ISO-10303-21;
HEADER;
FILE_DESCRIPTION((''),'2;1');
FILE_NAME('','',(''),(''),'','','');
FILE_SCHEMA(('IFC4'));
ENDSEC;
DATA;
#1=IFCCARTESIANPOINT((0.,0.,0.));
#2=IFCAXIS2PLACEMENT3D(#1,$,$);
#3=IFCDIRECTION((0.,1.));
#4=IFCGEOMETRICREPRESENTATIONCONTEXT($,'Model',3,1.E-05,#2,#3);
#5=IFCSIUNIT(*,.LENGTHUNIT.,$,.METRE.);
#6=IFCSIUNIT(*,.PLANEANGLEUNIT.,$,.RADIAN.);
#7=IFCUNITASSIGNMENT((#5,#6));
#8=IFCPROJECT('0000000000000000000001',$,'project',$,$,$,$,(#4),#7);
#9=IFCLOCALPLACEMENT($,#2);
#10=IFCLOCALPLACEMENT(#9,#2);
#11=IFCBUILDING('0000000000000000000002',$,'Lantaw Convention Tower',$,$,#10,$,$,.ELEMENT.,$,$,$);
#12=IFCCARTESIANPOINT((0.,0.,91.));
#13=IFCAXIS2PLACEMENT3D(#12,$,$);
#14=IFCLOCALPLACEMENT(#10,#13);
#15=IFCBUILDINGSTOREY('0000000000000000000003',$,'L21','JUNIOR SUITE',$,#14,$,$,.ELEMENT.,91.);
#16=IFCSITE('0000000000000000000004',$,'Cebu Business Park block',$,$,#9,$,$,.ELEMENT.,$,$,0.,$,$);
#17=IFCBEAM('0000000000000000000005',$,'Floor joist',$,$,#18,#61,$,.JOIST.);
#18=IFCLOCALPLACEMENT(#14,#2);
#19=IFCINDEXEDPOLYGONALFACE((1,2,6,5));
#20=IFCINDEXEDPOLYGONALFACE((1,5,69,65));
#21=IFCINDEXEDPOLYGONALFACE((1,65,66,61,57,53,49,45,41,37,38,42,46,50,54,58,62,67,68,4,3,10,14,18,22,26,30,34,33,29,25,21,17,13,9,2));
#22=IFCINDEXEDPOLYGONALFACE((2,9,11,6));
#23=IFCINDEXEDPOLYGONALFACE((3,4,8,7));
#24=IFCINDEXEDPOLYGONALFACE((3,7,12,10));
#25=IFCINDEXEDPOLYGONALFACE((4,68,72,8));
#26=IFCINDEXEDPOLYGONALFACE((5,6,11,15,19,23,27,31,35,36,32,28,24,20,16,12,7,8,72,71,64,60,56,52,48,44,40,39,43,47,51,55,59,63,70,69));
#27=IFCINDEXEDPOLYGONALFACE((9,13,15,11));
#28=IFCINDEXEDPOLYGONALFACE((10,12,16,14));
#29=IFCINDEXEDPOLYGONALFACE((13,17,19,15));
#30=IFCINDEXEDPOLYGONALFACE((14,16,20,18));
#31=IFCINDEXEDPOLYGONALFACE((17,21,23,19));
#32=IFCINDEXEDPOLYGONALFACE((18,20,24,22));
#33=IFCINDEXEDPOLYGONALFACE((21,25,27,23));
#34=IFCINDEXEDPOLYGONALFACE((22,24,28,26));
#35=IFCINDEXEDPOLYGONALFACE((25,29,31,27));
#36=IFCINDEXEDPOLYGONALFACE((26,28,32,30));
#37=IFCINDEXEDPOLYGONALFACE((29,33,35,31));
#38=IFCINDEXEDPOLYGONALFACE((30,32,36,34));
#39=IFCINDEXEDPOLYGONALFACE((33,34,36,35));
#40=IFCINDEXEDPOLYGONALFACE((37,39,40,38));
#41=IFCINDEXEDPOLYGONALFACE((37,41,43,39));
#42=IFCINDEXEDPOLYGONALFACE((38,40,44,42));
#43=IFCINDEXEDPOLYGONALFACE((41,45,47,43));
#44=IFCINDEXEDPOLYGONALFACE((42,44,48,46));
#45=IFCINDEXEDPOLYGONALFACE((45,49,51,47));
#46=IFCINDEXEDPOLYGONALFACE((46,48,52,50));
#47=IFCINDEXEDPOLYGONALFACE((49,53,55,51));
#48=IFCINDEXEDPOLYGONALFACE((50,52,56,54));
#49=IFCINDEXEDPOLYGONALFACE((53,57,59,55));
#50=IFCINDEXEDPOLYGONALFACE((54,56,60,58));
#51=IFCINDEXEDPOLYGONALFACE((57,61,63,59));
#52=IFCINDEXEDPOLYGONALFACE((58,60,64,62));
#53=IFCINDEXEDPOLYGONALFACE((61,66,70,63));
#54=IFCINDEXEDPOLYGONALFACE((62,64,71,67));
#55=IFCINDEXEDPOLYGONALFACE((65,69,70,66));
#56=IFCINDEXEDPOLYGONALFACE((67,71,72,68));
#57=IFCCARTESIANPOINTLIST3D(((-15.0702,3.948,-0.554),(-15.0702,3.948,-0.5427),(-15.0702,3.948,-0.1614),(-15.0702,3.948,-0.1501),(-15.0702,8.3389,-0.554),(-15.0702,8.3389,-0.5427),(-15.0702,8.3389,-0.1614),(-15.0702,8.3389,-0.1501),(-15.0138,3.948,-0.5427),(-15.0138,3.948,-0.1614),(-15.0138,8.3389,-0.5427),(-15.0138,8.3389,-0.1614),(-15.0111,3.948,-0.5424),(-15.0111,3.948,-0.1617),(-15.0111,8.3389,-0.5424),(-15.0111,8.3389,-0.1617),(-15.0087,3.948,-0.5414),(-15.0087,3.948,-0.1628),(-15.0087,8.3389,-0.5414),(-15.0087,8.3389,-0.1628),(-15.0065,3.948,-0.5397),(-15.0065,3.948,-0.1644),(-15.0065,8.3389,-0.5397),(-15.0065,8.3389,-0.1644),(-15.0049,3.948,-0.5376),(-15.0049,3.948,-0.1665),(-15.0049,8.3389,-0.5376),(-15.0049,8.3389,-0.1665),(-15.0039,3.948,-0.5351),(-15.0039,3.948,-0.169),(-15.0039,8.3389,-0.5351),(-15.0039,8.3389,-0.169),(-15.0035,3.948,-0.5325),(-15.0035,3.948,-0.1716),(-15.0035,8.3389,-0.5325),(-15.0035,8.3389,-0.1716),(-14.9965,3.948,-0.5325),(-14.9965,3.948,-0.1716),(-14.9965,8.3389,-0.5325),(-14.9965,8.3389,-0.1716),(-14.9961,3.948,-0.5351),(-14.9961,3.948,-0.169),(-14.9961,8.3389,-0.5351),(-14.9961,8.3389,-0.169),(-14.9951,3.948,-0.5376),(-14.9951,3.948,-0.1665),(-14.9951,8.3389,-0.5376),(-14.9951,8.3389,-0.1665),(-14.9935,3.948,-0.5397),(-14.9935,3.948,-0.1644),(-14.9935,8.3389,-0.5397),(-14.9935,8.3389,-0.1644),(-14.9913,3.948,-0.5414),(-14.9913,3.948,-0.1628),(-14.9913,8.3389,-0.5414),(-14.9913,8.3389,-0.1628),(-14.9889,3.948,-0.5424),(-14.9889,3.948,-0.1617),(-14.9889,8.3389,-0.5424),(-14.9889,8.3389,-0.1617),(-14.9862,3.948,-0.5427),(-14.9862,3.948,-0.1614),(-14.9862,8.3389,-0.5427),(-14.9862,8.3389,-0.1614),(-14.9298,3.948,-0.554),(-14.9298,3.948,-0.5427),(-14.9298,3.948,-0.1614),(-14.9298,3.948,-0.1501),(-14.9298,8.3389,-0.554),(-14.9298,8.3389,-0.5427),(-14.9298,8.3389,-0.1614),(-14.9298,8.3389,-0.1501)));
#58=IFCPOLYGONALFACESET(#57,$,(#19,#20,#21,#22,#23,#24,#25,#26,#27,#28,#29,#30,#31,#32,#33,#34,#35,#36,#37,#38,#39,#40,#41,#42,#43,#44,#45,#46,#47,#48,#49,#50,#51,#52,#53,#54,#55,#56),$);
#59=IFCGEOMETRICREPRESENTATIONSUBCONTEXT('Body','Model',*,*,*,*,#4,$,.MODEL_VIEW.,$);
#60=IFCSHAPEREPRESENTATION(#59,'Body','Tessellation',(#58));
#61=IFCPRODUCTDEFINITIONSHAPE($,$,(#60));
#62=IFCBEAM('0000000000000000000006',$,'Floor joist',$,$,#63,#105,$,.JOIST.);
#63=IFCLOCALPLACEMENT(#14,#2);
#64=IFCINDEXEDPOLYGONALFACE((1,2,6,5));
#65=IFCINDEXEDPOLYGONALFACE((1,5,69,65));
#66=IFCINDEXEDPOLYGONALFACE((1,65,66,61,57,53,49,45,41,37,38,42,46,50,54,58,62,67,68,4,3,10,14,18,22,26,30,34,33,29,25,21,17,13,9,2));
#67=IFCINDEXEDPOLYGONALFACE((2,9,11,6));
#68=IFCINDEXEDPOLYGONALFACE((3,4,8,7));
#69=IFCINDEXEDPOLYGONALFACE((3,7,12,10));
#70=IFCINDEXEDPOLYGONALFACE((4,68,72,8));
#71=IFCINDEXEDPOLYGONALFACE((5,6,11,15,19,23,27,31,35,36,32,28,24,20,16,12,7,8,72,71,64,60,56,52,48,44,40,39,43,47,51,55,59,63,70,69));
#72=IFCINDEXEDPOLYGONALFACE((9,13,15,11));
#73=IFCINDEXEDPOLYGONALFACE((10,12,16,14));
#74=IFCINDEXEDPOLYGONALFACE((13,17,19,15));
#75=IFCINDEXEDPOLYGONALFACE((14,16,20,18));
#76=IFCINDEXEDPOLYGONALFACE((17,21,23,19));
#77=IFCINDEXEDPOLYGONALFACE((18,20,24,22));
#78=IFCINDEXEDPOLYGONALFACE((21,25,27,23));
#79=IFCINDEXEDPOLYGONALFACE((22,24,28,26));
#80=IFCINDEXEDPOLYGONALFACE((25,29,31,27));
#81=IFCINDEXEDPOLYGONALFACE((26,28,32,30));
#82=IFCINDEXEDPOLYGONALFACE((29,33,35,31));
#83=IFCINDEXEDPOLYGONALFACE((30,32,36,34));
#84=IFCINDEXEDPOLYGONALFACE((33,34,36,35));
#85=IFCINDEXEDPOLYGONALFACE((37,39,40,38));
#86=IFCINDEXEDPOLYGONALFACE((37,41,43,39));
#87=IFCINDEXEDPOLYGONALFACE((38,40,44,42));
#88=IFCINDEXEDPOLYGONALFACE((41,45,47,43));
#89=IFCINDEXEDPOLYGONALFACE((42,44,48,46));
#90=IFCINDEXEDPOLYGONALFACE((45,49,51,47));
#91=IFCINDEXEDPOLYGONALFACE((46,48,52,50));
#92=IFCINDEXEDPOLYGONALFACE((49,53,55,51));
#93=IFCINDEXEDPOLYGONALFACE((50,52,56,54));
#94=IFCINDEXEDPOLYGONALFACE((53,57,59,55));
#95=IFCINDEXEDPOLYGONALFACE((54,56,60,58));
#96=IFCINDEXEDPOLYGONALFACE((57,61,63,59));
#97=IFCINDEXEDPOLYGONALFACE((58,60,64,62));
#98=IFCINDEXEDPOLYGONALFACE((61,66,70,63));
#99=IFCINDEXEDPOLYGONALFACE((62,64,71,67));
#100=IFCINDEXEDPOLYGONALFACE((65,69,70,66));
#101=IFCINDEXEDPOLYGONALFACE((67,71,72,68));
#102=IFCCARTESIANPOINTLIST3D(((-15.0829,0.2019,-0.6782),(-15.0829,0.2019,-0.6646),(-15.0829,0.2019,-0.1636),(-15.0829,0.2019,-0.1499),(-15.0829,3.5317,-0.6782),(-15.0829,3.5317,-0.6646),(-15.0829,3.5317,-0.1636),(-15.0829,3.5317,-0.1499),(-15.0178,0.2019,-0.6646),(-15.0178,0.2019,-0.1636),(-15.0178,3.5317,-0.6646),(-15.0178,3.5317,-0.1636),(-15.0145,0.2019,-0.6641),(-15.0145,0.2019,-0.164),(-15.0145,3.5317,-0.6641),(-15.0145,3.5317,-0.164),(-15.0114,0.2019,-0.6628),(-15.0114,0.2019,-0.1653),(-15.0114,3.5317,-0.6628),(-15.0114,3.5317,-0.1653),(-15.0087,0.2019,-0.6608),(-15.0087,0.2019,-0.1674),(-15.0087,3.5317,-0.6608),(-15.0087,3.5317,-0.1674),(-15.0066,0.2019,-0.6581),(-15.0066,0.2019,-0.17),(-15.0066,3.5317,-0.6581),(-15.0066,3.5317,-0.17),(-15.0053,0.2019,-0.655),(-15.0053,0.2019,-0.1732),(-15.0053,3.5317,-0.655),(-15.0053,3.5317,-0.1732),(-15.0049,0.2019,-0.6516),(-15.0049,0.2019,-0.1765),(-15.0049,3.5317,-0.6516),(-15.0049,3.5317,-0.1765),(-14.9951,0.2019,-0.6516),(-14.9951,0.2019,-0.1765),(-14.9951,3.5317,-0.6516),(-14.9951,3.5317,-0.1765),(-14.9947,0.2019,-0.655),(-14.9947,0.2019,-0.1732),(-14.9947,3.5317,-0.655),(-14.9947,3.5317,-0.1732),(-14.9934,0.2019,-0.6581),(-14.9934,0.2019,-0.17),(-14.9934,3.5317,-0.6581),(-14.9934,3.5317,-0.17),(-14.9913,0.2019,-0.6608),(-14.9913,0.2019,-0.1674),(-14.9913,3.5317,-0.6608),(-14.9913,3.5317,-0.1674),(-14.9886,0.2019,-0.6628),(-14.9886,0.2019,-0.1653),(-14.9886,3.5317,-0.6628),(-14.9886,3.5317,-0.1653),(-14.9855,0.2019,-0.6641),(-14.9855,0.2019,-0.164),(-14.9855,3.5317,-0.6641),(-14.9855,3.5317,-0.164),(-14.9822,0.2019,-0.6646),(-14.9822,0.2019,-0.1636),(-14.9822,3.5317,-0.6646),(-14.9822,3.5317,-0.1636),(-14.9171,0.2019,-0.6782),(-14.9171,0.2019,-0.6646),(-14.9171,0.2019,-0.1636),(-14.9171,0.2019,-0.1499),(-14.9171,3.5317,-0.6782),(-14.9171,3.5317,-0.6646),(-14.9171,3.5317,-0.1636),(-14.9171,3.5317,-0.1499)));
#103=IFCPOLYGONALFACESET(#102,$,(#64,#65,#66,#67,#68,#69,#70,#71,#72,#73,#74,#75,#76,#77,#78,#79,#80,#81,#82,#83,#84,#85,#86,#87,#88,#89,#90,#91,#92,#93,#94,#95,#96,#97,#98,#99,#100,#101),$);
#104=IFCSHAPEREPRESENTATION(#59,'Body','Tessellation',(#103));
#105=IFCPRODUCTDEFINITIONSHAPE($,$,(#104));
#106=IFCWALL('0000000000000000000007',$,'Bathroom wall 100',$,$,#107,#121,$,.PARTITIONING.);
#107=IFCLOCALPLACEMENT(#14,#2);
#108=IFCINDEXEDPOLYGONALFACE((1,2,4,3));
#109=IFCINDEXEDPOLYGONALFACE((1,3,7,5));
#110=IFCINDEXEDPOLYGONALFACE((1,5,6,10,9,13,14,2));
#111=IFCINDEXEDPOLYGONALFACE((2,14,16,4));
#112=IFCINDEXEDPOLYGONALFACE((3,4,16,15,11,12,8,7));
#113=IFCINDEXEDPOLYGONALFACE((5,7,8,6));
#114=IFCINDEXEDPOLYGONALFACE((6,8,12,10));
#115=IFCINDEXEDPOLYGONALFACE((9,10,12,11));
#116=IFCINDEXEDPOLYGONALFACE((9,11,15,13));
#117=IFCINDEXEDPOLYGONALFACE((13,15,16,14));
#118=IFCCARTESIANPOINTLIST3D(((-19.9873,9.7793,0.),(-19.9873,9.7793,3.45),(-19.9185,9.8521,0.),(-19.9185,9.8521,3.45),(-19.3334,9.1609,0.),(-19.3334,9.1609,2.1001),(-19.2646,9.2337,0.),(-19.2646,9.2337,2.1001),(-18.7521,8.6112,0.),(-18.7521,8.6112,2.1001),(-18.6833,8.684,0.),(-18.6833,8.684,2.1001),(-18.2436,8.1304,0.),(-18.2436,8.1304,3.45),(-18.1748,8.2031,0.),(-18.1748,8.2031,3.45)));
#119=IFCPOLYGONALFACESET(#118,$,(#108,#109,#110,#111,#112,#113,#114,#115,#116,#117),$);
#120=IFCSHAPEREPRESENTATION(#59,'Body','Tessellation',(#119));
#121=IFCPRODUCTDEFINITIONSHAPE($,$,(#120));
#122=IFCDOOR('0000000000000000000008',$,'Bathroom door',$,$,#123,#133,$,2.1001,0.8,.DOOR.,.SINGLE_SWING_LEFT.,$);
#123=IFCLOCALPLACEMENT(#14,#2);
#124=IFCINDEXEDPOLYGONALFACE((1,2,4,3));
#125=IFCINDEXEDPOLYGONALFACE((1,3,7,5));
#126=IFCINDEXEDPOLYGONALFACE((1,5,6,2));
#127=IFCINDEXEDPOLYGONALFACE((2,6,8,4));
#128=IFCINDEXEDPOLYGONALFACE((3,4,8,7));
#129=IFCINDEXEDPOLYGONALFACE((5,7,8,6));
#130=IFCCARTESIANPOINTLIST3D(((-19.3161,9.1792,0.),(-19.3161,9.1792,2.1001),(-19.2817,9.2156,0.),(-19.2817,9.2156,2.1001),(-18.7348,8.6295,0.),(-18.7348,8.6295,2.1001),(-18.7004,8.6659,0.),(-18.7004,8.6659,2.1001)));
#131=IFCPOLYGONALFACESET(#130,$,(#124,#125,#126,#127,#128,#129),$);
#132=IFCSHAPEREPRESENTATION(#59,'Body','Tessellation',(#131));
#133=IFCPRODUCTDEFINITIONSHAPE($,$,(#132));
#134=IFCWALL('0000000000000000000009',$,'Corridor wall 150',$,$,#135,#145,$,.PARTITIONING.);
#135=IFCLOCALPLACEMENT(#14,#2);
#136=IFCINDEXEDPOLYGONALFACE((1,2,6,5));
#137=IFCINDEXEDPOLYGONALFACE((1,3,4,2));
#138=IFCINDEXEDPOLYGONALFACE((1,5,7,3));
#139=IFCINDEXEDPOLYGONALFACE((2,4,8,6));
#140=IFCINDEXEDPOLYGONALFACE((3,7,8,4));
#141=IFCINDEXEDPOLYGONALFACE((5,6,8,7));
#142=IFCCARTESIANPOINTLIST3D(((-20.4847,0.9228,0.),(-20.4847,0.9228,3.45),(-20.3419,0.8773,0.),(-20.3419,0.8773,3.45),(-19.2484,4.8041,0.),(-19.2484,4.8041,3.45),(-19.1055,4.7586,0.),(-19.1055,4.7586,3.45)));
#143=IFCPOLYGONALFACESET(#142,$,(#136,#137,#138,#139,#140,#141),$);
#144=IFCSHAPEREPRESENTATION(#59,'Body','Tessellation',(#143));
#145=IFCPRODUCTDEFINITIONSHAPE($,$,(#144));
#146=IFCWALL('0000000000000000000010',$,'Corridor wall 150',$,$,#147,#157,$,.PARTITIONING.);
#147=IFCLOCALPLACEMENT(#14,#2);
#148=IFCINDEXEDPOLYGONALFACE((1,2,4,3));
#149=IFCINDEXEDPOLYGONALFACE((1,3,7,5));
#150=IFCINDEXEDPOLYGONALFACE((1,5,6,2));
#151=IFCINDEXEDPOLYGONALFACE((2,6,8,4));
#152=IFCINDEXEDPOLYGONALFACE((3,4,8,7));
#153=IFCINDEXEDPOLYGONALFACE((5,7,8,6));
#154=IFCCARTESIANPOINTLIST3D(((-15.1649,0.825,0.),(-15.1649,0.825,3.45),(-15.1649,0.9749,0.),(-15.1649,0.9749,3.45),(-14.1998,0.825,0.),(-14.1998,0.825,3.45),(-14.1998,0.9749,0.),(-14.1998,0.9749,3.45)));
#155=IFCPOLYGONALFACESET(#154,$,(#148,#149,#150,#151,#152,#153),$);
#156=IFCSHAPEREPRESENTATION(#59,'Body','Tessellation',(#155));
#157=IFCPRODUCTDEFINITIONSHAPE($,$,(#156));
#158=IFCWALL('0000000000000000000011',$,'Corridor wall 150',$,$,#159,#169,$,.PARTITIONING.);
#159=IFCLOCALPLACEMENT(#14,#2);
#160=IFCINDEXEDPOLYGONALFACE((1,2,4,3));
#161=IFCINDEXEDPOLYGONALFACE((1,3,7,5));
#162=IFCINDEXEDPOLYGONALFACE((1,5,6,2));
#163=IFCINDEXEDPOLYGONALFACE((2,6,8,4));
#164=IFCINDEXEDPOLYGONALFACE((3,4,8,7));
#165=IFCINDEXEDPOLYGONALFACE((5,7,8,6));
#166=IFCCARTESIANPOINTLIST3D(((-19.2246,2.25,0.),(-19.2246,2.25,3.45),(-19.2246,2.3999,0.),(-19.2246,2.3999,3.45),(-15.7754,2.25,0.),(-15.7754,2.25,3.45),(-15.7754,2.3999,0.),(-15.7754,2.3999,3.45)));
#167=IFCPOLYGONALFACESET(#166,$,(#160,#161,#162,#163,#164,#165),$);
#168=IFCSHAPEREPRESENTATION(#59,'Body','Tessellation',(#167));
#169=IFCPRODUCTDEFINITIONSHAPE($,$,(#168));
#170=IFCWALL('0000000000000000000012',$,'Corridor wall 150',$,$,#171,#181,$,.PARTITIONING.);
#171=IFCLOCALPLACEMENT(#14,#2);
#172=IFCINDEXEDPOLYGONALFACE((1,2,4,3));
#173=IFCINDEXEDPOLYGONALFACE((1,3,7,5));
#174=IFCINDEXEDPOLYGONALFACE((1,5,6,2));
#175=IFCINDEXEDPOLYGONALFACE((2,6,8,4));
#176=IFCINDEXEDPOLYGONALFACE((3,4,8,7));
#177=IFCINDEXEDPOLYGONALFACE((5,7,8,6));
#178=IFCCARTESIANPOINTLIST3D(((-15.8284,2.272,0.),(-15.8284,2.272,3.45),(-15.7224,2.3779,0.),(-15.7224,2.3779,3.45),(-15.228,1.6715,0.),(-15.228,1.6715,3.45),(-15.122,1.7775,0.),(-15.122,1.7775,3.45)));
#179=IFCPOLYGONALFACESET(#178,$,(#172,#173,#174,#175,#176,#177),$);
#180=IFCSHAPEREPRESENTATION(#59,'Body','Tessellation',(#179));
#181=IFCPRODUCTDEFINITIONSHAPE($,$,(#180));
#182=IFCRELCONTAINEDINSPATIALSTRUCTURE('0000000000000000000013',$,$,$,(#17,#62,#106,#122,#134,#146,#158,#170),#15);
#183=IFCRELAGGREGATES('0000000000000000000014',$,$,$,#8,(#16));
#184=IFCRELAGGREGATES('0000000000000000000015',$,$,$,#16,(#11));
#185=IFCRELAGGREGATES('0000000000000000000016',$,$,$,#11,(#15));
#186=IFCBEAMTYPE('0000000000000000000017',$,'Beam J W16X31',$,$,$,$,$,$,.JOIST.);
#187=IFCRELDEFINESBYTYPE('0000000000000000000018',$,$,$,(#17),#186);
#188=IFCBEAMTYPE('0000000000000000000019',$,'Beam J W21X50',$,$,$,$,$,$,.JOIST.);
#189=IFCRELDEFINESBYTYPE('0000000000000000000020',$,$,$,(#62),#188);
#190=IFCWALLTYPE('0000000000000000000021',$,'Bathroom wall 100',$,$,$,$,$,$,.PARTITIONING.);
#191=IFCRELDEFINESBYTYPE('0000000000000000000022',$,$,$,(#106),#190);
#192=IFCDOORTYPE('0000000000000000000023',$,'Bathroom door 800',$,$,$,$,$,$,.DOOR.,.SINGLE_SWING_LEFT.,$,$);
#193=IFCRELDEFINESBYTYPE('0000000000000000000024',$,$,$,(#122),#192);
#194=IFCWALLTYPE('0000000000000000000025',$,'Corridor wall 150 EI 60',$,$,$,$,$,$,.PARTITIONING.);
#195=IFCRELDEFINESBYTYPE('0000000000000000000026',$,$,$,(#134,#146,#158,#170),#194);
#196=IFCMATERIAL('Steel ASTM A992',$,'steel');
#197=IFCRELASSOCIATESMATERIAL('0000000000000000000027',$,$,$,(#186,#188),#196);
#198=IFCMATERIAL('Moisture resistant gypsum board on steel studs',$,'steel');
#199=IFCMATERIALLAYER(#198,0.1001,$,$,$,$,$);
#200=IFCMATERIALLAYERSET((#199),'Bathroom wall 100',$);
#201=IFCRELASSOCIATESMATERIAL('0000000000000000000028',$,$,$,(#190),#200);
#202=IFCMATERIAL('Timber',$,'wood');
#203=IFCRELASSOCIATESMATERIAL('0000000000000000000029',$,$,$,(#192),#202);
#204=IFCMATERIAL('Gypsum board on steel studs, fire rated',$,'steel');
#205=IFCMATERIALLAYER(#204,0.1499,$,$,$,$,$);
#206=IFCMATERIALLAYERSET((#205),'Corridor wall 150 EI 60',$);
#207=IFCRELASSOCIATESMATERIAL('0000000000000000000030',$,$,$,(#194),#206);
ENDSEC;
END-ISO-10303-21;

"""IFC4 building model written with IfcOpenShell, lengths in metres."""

from ifc_helpers import new_model, si_unit, direction, frame, frame_2d, origin, origin_2d, place, context, subcontext, project, spatial, rectangle, i_section, extrude, material, layer, layer_set, material_profile, profile_set, type_object, element, fill, save


model = new_model("IFC4")

# Units and contexts
model_context = context("Model", 3, precision=1e-05, world=origin(), true_north=direction((0.0, 1.0)))
body_context = subcontext(model_context, "Body", "Model", "MODEL_VIEW")
ifc_project = project(units=[si_unit("LENGTHUNIT", "METRE"), si_unit("PLANEANGLEUNIT", "RADIAN")], contexts=[model_context])

# Site, building, storey
site_placement = place(None, origin())
site = spatial("IfcSite", under=ifc_project, at=site_placement, Name="Cebu Business Park block", CompositionType="ELEMENT", RefElevation=0.0)
building_placement = place(site_placement, origin())
building = spatial("IfcBuilding", under=site, at=building_placement, Name="Lantaw Convention Tower", CompositionType="ELEMENT")
storey_placement = place(building_placement, frame((0.0, 0.0, 91.0)))
storey = spatial("IfcBuildingStorey", under=building, at=storey_placement, Name="L21", Description="JUNIOR SUITE", CompositionType="ELEMENT", Elevation=91.0)

# Beams
ifc_material_1 = material(Name="Steel ASTM A992", Category="steel")
ifc_material_profile_1 = material_profile(ifc_material_1, i_section(OverallWidth=0.1404, OverallDepth=0.4038, WebThickness=0.0071, FlangeThickness=0.0112, FilletRadius=0.0103, at=origin_2d()), Name="W16X31")
ifc_profile_set_1 = profile_set([ifc_material_profile_1], Name="Steel ASTM A992")
beam_type_1 = type_object("IfcBeamType", Name="Beam J W16X31", PredefinedType="JOIST", material=ifc_profile_set_1)
beam_1_placement = place(storey_placement, frame((-15.0, 3.948, -0.3521), z_axis=(0.0, 1.0, 0.0), x_axis=(-1.0, 0.0, 0.0)))
element("IfcBeam", 1, at=beam_1_placement, inside=storey, type_object=beam_type_1, Name="Floor joist", PredefinedType="JOIST", context=body_context, shape_type="SweptSolid", body=[
    extrude(i_section(OverallWidth=0.1404, OverallDepth=0.4038, WebThickness=0.0071, FlangeThickness=0.0112, FilletRadius=0.0103, at=origin_2d()), origin(), (0.0, 0.0, 1.0), 4.3909),
])
ifc_material_profile_2 = material_profile(ifc_material_1, i_section(OverallWidth=0.1658, OverallDepth=0.5283, WebThickness=0.0098, FlangeThickness=0.0137, FilletRadius=0.0129, at=origin_2d()), Name="W21X50")
ifc_profile_set_2 = profile_set([ifc_material_profile_2], Name="Steel ASTM A992")
beam_type_2 = type_object("IfcBeamType", Name="Beam J W21X50", PredefinedType="JOIST", material=ifc_profile_set_2)
beam_2_placement = place(storey_placement, frame((-15.0, 0.2019, -0.4141), z_axis=(0.0, 1.0, 0.0), x_axis=(-1.0, 0.0, 0.0)))
element("IfcBeam", 2, at=beam_2_placement, inside=storey, type_object=beam_type_2, Name="Floor joist", PredefinedType="JOIST", context=body_context, shape_type="SweptSolid", body=[
    extrude(i_section(OverallWidth=0.1658, OverallDepth=0.5283, WebThickness=0.0098, FlangeThickness=0.0137, FilletRadius=0.0129, at=origin_2d()), origin(), (0.0, 0.0, 1.0), 3.3298),
])

# Wall, opening, door
ifc_material_2 = material(Name="Moisture resistant gypsum board on steel studs", Category="steel")
ifc_layer_1 = layer(ifc_material_2, 0.1001)
ifc_layer_set_1 = layer_set([ifc_layer_1], Name="Bathroom wall 100")
wall_type_1 = type_object("IfcWallType", Name="Bathroom wall 100", PredefinedType="PARTITIONING", material=ifc_layer_set_1)
wall_1_placement = place(storey_placement, frame((-18.2092, 8.1667, 0.0), z_axis=(0.0, 0.0, 1.0), x_axis=(-0.726567, 0.687095, 0.0)))
wall_1 = element("IfcWall", 3, at=wall_1_placement, inside=storey, type_object=wall_type_1, Name="Bathroom wall 100", PredefinedType="PARTITIONING", context=body_context, shape_type="SweptSolid", body=[
    extrude(rectangle(XDim=2.3999, YDim=0.1001, at=frame_2d((1.2, 0.0))), origin(), (0.0, 0.0, 1.0), 3.45),
])
opening_1_placement = place(wall_1_placement, frame((0.7, 0.0, 0.0)))
opening_1 = element("IfcOpeningElement", 4, at=opening_1_placement, cuts=wall_1, PredefinedType="OPENING", context=body_context, shape_type="SweptSolid", body=[
    extrude(rectangle(XDim=0.8, YDim=2.1001, at=frame_2d((0.3999, 1.05))), frame((0.0, 0.0601, 0.0), z_axis=(0.0, -1.0, 0.0), x_axis=(1.0, 0.0, 0.0)), (0.0, 0.0, 1.0), 0.1201),
])
ifc_material_3 = material(Name="Timber", Category="wood")
door_type_1 = type_object("IfcDoorType", Name="Bathroom door 800", OperationType="SINGLE_SWING_LEFT", PredefinedType="DOOR", material=ifc_material_3)
door_1_placement = place(opening_1_placement, origin())
door_1 = element("IfcDoor", 5, at=door_1_placement, inside=storey, type_object=door_type_1, Name="Bathroom door", OperationType="SINGLE_SWING_LEFT", OverallHeight=2.1001, OverallWidth=0.8, PredefinedType="DOOR", context=body_context, shape_type="SweptSolid", body=[
    extrude(rectangle(XDim=0.8, YDim=2.1001, at=frame_2d((0.3999, 1.05))), frame((0.0, 0.0249, 0.0), z_axis=(0.0, -1.0, 0.0), x_axis=(1.0, 0.0, 0.0)), (0.0, 0.0, 1.0), 0.05),
])
fill(opening_1, door_1)

# Walls
ifc_material_4 = material(Name="Gypsum board on steel studs, fire rated", Category="steel")
ifc_layer_2 = layer(ifc_material_4, 0.1499)
ifc_layer_set_2 = layer_set([ifc_layer_2], Name="Corridor wall 150 EI 60")
wall_type_2 = type_object("IfcWallType", Name="Corridor wall 150 EI 60", PredefinedType="PARTITIONING", material=ifc_layer_set_2)
wall_2_placement = place(storey_placement, frame((-19.177, 4.7812, 0.0), z_axis=(0.0, 0.0, 1.0), x_axis=(-0.303505, -0.95283, 0.0)))
element("IfcWall", 6, at=wall_2_placement, inside=storey, type_object=wall_type_2, Name="Corridor wall 150", PredefinedType="PARTITIONING", context=body_context, shape_type="SweptSolid", body=[
    extrude(rectangle(XDim=4.0735, YDim=0.1499, at=frame_2d((2.0366, 0.0))), origin(), (0.0, 0.0, 1.0), 3.45),
])
wall_3_placement = place(storey_placement, frame((-14.2, 0.8999, 0.0), z_axis=(0.0, 0.0, 1.0), x_axis=(-1.0, 0.0, 0.0)))
element("IfcWall", 7, at=wall_3_placement, inside=storey, type_object=wall_type_2, Name="Corridor wall 150", PredefinedType="PARTITIONING", context=body_context, shape_type="SweptSolid", body=[
    extrude(rectangle(XDim=0.9651, YDim=0.1499, at=frame_2d((0.4824, 0.0))), origin(), (0.0, 0.0, 1.0), 3.45),
])
wall_4_placement = place(storey_placement, frame((-19.2246, 2.325, 0.0), z_axis=(0.0, 0.0, 1.0), x_axis=(1.0, 0.0, 0.0)))
element("IfcWall", 8, at=wall_4_placement, inside=storey, type_object=wall_type_2, Name="Corridor wall 150", PredefinedType="PARTITIONING", context=body_context, shape_type="SweptSolid", body=[
    extrude(rectangle(XDim=3.4492, YDim=0.1499, at=frame_2d((1.7246, 0.0))), origin(), (0.0, 0.0, 1.0), 3.45),
])
wall_5_placement = place(storey_placement, frame((-15.7754, 2.325, 0.0), z_axis=(0.0, 0.0, 1.0), x_axis=(0.707107, -0.707107, 0.0)))
element("IfcWall", 9, at=wall_5_placement, inside=storey, type_object=wall_type_2, Name="Corridor wall 150", PredefinedType="PARTITIONING", context=body_context, shape_type="SweptSolid", body=[
    extrude(rectangle(XDim=0.8491, YDim=0.1499, at=frame_2d((0.4246, 0.0))), origin(), (0.0, 0.0, 1.0), 3.45),
])

save(model, "model.ifc")
